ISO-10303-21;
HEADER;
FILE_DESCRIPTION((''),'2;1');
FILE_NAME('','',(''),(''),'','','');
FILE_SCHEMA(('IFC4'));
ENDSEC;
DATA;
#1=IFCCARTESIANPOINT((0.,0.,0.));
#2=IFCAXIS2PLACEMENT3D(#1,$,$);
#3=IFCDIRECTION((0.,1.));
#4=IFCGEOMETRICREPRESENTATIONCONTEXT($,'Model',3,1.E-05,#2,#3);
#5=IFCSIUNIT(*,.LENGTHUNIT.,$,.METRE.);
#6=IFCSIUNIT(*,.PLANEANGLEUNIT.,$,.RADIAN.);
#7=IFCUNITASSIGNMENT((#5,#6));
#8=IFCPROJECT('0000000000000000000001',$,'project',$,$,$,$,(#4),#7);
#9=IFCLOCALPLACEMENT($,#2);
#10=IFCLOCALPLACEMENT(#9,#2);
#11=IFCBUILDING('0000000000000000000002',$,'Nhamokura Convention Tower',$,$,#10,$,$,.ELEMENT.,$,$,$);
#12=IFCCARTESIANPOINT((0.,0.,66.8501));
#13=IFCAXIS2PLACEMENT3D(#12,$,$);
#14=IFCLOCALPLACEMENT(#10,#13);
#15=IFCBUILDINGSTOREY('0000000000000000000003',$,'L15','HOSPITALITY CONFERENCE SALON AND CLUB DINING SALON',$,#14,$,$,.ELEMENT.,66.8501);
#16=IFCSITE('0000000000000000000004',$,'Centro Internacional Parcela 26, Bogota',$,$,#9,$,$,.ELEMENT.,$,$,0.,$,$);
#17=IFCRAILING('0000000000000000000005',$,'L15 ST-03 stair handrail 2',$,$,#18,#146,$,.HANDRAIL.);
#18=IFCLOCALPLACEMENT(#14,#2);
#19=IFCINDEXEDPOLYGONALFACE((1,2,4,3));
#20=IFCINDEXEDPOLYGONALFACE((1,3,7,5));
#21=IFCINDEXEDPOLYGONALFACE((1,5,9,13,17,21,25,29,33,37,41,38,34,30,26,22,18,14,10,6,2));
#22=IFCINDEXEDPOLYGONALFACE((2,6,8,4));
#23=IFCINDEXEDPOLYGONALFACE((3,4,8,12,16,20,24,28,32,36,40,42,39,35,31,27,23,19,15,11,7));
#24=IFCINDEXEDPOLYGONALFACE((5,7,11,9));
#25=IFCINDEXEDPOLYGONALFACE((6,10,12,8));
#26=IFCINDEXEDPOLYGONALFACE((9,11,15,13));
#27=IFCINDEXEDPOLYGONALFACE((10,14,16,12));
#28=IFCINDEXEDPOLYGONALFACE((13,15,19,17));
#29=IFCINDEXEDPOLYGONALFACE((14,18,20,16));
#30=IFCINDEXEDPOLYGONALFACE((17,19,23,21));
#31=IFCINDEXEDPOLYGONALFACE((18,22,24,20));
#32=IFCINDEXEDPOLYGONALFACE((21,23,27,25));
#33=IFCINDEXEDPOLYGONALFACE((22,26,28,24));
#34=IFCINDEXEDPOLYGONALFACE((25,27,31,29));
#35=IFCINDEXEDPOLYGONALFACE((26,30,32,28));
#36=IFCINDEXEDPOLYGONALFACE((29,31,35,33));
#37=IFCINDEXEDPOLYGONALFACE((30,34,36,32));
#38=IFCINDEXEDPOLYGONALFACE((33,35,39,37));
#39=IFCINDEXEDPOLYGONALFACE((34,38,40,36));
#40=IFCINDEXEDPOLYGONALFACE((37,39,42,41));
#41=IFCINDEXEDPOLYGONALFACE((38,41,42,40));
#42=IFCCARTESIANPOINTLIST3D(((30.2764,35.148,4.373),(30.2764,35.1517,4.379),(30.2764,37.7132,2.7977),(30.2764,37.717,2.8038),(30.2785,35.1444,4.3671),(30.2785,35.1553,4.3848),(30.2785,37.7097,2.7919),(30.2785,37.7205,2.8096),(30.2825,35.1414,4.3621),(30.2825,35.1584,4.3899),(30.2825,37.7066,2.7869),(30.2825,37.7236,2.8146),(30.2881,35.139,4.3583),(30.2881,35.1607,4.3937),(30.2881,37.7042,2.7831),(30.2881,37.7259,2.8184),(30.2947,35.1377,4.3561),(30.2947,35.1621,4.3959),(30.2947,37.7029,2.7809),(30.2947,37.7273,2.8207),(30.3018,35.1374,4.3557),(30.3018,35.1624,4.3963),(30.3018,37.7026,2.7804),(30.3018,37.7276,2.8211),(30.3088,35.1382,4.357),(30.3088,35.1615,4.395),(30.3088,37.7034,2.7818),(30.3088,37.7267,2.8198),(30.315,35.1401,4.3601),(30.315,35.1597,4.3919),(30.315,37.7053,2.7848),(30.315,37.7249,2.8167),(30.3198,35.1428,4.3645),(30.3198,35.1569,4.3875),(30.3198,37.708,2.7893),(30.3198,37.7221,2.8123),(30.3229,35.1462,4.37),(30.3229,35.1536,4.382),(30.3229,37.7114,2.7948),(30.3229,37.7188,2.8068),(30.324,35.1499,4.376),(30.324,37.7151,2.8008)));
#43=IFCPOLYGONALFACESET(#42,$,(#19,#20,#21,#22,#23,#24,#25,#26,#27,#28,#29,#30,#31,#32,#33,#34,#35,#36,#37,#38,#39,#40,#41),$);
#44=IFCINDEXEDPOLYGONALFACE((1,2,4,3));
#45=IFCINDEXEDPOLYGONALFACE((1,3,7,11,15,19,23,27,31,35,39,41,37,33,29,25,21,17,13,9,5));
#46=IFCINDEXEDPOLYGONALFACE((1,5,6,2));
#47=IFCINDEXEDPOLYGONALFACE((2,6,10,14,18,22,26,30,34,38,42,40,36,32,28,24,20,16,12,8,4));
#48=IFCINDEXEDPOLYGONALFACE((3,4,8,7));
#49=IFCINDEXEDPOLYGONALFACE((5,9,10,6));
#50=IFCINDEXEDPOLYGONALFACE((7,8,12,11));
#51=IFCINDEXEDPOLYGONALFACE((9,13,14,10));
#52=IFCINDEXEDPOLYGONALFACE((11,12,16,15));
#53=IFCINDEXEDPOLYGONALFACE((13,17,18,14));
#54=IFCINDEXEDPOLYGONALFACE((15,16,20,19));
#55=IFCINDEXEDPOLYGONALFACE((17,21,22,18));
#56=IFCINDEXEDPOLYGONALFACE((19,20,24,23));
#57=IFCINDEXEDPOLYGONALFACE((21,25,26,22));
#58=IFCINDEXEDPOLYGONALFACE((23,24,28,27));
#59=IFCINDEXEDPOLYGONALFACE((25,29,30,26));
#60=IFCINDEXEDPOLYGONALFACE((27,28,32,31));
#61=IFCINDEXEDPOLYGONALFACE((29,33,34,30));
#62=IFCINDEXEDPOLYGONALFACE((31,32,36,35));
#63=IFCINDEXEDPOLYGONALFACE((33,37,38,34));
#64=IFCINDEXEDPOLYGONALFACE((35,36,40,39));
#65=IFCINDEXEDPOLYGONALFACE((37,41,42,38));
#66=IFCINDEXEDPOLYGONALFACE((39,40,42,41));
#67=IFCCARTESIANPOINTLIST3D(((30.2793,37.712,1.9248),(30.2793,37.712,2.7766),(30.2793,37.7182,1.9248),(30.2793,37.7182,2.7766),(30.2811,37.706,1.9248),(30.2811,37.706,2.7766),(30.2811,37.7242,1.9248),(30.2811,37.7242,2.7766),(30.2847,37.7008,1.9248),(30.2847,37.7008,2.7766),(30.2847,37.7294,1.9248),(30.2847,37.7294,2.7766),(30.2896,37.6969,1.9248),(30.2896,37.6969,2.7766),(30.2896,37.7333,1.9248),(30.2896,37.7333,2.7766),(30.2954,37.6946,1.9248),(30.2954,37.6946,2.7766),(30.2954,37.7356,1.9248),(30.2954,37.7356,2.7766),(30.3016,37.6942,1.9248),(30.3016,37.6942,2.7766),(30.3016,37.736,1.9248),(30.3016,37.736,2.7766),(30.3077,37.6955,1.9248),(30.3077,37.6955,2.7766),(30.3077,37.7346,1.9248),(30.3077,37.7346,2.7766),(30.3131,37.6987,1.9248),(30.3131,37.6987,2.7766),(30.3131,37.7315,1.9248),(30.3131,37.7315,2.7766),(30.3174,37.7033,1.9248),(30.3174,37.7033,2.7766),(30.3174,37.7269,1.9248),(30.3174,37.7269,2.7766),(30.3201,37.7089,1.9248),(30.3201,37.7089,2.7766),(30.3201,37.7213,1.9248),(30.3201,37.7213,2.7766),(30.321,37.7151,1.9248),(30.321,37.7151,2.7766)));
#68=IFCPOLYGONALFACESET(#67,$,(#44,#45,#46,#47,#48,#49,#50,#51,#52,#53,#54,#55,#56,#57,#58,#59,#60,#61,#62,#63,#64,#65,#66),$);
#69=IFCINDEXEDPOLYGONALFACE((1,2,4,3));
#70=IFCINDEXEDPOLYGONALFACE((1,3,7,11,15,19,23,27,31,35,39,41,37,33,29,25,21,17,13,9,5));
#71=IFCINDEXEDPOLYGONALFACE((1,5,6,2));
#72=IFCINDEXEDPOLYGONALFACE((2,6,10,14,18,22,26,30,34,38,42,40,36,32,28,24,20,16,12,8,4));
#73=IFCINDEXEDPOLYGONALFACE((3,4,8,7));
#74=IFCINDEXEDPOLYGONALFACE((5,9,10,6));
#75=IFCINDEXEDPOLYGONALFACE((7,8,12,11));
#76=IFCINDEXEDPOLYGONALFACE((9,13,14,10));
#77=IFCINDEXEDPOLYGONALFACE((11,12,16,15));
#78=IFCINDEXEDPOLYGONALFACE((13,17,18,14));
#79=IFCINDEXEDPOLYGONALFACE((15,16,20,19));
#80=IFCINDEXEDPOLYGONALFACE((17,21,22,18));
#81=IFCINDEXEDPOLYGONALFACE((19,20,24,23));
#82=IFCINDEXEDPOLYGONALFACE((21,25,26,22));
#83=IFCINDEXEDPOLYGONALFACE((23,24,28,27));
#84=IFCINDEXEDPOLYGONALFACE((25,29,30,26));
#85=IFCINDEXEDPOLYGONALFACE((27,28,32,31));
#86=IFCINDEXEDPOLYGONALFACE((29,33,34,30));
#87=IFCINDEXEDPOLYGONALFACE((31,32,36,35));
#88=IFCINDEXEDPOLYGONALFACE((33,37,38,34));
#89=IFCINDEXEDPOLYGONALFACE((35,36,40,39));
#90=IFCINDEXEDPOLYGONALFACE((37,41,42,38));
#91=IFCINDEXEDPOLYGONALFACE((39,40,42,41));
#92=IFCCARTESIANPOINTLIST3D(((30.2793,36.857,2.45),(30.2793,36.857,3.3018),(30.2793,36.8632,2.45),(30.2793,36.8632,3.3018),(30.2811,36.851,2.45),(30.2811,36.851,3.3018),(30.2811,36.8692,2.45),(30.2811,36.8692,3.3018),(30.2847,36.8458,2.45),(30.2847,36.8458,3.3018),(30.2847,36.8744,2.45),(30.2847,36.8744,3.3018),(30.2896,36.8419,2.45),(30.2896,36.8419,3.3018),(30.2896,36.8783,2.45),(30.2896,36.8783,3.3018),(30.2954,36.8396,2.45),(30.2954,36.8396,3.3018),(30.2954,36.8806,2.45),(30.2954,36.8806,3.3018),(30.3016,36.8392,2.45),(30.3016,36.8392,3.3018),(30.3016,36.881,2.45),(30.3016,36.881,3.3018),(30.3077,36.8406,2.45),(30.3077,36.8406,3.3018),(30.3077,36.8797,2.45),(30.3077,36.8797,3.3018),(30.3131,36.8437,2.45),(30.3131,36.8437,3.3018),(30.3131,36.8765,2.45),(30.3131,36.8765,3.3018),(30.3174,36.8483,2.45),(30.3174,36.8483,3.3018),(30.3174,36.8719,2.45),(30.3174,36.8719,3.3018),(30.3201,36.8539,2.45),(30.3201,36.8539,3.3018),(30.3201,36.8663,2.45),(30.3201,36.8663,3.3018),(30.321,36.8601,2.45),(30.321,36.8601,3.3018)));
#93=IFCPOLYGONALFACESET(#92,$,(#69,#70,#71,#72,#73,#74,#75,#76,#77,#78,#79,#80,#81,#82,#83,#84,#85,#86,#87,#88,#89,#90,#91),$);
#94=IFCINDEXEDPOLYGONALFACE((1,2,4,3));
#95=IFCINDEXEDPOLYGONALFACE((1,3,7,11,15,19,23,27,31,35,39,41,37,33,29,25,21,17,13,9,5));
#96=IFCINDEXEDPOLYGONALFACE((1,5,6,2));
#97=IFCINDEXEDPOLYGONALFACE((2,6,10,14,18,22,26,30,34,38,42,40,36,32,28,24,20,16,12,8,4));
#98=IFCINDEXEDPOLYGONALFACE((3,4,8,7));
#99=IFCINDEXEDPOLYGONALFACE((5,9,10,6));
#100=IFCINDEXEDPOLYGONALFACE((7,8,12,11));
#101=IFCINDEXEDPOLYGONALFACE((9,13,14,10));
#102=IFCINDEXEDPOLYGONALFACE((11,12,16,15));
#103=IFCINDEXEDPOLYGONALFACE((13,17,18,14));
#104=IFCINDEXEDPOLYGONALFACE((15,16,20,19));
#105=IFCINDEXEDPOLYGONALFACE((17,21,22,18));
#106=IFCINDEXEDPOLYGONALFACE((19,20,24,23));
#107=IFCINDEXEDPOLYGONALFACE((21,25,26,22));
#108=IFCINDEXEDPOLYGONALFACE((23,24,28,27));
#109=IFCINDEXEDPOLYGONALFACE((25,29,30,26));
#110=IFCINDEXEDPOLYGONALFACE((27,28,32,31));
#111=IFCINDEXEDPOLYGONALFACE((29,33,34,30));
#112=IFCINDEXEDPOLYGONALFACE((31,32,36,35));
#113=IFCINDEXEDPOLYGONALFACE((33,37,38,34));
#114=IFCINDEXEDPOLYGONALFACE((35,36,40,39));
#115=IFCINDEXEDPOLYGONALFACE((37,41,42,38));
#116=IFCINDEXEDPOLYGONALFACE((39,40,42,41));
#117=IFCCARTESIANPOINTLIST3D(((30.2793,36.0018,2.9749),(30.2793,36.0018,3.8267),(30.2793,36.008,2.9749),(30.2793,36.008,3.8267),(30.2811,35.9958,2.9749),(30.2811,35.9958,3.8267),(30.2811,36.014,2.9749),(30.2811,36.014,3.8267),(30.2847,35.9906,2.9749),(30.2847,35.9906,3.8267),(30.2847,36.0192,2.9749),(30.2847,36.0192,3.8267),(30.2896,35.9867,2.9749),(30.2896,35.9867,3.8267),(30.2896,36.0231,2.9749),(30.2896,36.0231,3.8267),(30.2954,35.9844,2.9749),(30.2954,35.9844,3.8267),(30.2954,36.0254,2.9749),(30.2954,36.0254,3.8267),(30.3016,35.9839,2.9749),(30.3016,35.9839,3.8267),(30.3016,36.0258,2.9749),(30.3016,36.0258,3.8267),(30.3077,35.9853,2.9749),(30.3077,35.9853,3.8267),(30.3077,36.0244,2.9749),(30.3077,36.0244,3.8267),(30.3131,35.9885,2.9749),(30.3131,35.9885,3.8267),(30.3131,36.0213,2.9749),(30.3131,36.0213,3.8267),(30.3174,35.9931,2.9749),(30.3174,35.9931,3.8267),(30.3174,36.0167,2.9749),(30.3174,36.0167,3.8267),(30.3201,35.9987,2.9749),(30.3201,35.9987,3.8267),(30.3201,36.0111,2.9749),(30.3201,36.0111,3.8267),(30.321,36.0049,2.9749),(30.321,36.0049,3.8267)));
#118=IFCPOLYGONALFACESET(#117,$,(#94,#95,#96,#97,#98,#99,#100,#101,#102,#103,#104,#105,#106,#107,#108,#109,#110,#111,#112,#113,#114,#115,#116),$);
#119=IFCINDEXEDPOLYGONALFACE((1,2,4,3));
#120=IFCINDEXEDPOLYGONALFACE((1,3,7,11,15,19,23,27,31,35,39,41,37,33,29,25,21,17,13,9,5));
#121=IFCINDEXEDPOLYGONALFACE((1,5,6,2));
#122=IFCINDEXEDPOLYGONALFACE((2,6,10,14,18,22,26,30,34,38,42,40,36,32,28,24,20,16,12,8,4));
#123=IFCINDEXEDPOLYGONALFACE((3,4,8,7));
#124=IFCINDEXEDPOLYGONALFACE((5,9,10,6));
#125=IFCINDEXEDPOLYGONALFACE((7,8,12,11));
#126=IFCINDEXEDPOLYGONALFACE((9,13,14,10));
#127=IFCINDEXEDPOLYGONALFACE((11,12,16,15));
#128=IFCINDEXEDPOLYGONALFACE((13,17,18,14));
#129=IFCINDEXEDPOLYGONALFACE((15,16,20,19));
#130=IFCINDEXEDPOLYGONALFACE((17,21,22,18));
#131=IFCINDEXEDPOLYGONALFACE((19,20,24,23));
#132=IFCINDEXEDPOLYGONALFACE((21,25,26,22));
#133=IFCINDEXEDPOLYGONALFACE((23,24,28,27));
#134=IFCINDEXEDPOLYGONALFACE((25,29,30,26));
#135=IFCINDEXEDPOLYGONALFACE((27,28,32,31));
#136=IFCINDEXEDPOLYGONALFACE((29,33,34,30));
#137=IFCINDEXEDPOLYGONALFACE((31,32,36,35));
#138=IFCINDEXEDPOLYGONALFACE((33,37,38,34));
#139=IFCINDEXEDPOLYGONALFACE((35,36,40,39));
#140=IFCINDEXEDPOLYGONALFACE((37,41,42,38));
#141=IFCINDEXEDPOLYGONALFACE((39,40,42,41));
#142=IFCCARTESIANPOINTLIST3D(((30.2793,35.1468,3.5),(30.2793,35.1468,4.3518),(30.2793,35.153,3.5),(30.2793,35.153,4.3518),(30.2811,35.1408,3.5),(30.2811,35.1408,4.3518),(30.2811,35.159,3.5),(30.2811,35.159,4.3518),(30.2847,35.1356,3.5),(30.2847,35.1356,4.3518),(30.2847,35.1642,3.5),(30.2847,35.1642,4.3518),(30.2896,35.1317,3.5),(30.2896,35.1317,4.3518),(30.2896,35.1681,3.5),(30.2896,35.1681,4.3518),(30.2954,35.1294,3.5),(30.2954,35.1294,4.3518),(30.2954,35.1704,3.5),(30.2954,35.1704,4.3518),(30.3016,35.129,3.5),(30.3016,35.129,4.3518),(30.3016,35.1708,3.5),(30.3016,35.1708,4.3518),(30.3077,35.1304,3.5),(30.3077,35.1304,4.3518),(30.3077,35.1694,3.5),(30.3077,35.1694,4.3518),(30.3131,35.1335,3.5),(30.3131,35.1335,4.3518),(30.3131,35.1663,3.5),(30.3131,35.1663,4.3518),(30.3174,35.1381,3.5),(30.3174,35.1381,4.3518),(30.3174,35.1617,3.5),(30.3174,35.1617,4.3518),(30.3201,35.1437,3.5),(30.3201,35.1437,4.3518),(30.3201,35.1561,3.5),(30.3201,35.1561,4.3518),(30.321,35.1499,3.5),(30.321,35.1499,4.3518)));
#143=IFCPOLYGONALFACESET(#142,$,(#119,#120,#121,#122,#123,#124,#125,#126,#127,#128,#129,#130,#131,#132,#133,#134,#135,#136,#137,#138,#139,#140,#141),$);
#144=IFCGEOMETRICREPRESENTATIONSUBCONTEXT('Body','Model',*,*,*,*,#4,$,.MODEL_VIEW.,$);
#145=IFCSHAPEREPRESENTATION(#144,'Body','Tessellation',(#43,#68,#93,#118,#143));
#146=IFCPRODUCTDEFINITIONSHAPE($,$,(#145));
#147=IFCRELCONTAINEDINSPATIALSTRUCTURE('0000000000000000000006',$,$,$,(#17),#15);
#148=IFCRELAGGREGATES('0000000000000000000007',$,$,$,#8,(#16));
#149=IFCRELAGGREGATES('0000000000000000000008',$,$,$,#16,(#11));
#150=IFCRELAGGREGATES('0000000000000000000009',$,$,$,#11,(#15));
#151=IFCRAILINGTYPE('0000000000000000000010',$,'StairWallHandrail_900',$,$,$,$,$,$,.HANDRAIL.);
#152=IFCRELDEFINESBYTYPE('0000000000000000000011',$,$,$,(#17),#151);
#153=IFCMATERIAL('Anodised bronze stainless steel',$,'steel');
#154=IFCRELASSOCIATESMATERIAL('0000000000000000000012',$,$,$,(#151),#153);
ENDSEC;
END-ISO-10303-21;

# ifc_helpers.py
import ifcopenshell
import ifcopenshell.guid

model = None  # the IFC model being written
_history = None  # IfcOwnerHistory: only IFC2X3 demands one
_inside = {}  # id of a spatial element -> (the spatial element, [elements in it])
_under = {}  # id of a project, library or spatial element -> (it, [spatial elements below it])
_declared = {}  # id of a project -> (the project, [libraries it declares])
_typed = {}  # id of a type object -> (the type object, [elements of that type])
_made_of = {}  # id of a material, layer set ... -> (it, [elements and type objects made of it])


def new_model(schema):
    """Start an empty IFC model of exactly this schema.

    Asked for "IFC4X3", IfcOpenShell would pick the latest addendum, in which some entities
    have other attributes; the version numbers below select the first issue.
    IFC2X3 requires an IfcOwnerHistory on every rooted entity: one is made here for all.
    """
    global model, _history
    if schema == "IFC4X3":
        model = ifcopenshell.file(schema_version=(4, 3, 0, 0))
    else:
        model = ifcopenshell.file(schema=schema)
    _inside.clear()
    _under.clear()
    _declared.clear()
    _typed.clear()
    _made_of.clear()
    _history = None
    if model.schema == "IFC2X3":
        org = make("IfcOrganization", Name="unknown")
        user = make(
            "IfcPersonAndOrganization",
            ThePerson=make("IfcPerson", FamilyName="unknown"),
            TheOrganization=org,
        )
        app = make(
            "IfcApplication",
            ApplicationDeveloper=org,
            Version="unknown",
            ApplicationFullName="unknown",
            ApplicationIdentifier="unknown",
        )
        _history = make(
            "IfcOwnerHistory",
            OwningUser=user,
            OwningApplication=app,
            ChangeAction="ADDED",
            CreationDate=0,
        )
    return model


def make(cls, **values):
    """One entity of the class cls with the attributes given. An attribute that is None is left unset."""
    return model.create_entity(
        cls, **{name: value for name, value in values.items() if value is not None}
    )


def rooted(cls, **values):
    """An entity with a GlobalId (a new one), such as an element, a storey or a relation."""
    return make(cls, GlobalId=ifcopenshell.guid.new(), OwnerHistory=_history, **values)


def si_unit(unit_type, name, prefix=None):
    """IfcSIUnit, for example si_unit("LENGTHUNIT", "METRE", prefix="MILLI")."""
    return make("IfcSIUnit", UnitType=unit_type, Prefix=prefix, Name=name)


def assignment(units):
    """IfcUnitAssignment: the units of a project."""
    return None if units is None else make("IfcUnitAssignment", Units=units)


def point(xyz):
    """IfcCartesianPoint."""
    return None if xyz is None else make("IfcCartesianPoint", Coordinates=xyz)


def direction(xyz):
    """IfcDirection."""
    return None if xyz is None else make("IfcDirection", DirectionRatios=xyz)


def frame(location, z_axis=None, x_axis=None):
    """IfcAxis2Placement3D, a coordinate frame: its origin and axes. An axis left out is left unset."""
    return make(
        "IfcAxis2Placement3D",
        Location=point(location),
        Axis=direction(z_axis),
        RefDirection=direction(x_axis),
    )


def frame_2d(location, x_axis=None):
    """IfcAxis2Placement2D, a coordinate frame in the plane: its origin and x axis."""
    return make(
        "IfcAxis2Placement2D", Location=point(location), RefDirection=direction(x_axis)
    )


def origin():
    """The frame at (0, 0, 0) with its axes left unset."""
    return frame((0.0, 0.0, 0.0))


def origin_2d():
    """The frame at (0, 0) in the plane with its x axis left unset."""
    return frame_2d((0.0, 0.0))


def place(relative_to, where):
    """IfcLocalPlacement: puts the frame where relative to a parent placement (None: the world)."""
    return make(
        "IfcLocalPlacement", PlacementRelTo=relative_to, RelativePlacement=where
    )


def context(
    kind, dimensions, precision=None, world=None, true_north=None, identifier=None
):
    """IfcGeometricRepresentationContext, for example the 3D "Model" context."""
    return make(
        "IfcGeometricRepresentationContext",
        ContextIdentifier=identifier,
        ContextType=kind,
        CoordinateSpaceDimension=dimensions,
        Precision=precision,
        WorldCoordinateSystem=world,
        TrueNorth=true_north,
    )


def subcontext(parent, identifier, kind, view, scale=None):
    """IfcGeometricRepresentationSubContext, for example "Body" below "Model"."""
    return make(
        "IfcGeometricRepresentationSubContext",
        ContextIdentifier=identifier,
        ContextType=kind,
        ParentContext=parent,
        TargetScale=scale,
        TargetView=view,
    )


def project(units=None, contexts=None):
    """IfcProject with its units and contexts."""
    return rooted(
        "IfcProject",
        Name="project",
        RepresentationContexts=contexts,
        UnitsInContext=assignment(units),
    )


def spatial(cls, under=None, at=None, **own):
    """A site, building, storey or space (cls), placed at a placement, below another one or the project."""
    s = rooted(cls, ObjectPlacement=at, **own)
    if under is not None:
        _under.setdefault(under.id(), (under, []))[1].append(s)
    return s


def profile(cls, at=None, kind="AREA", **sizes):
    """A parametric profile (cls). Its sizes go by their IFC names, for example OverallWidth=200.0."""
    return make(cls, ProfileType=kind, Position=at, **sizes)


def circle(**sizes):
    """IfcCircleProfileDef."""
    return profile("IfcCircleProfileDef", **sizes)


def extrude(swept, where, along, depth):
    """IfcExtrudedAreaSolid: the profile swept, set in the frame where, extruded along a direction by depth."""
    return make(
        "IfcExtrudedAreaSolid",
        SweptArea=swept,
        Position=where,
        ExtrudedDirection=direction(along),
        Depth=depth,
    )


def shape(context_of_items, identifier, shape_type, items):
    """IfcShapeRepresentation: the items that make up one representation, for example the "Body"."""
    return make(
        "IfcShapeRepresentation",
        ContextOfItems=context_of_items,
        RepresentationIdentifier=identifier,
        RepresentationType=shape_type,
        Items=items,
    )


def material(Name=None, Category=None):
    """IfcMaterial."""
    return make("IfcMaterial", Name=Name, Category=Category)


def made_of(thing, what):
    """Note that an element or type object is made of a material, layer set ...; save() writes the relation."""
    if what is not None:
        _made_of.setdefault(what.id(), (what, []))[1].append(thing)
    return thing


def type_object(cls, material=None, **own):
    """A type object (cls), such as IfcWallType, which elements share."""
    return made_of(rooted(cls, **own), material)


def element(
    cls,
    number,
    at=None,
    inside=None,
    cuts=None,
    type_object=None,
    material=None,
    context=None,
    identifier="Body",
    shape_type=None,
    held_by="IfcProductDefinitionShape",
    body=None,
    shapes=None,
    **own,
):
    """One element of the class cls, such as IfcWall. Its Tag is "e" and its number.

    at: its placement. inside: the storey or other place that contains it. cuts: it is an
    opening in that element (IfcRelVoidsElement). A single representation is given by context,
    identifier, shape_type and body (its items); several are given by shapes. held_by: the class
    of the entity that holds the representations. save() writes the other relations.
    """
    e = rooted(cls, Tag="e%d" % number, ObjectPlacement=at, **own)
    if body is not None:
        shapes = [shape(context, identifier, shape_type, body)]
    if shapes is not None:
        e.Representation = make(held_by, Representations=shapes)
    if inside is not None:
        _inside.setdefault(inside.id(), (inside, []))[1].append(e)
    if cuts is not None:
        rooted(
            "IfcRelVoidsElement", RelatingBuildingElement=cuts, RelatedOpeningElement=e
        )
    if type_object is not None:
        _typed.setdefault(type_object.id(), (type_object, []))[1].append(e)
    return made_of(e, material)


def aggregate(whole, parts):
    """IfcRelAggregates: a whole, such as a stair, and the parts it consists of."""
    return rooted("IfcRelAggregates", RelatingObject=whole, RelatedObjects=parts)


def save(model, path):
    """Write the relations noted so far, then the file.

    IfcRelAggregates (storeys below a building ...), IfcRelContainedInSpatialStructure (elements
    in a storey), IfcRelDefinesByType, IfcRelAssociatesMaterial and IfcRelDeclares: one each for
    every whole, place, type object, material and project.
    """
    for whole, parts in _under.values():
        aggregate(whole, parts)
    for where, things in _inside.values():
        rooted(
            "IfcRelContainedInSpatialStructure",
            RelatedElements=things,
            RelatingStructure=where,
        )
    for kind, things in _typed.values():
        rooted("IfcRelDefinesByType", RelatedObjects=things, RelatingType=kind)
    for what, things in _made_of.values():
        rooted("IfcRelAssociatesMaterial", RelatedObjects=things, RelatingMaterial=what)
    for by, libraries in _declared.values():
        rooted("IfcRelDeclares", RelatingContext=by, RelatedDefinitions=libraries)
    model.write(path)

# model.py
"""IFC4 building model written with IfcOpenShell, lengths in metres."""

from ifc_helpers import new_model, si_unit, direction, frame, origin, origin_2d, place, context, subcontext, project, spatial, circle, extrude, material, type_object, element, save


model = new_model("IFC4")

# Units and contexts
model_context = context("Model", 3, precision=1e-05, world=origin(), true_north=direction((0.0, 1.0)))
body_context = subcontext(model_context, "Body", "Model", "MODEL_VIEW")
ifc_project = project(units=[si_unit("LENGTHUNIT", "METRE"), si_unit("PLANEANGLEUNIT", "RADIAN")], contexts=[model_context])

# Site, building, storey
site_placement = place(None, origin())
site = spatial("IfcSite", under=ifc_project, at=site_placement, Name="Centro Internacional Parcela 26, Bogota", CompositionType="ELEMENT", RefElevation=0.0)
building_placement = place(site_placement, origin())
building = spatial("IfcBuilding", under=site, at=building_placement, Name="Nhamokura Convention Tower", CompositionType="ELEMENT")
storey_placement = place(building_placement, frame((0.0, 0.0, 66.8501)))
storey = spatial("IfcBuildingStorey", under=building, at=storey_placement, Name="L15", Description="HOSPITALITY CONFERENCE SALON AND CLUB DINING SALON", CompositionType="ELEMENT", Elevation=66.8501)

# Railing
ifc_material_1 = material(Name="Anodised bronze stainless steel", Category="steel")
railing_type_1 = type_object("IfcRailingType", Name="StairWallHandrail_900", PredefinedType="HANDRAIL", material=ifc_material_1)
railing_1_placement = place(storey_placement, frame((30.3, 37.7151, 1.9248)))
element("IfcRailing", 1, at=railing_1_placement, inside=storey, type_object=railing_type_1, Name="L15 ST-03 stair handrail 2", PredefinedType="HANDRAIL", context=body_context, shape_type="SweptSolid", body=[
    extrude(circle(Radius=0.0239, at=origin_2d()), frame((0.0, 0.0, 0.876), z_axis=(0.0, -0.852159, 0.523283), x_axis=(1.0, 0.0, 0.0)), (0.0, 0.0, 1.0), 3.0103),
    extrude(circle(Radius=0.021, at=origin_2d()), origin(), (0.0, 0.0, 1.0), 0.8518),
    extrude(circle(Radius=0.021, at=origin_2d()), frame((0.0, -0.855, 0.5251)), (0.0, 0.0, 1.0), 0.8518),
    extrude(circle(Radius=0.021, at=origin_2d()), frame((0.0, -1.7102, 1.05)), (0.0, 0.0, 1.0), 0.8518),
    extrude(circle(Radius=0.021, at=origin_2d()), frame((0.0, -2.5652, 1.5752)), (0.0, 0.0, 1.0), 0.8518),
])

save(model, "model.ifc")
